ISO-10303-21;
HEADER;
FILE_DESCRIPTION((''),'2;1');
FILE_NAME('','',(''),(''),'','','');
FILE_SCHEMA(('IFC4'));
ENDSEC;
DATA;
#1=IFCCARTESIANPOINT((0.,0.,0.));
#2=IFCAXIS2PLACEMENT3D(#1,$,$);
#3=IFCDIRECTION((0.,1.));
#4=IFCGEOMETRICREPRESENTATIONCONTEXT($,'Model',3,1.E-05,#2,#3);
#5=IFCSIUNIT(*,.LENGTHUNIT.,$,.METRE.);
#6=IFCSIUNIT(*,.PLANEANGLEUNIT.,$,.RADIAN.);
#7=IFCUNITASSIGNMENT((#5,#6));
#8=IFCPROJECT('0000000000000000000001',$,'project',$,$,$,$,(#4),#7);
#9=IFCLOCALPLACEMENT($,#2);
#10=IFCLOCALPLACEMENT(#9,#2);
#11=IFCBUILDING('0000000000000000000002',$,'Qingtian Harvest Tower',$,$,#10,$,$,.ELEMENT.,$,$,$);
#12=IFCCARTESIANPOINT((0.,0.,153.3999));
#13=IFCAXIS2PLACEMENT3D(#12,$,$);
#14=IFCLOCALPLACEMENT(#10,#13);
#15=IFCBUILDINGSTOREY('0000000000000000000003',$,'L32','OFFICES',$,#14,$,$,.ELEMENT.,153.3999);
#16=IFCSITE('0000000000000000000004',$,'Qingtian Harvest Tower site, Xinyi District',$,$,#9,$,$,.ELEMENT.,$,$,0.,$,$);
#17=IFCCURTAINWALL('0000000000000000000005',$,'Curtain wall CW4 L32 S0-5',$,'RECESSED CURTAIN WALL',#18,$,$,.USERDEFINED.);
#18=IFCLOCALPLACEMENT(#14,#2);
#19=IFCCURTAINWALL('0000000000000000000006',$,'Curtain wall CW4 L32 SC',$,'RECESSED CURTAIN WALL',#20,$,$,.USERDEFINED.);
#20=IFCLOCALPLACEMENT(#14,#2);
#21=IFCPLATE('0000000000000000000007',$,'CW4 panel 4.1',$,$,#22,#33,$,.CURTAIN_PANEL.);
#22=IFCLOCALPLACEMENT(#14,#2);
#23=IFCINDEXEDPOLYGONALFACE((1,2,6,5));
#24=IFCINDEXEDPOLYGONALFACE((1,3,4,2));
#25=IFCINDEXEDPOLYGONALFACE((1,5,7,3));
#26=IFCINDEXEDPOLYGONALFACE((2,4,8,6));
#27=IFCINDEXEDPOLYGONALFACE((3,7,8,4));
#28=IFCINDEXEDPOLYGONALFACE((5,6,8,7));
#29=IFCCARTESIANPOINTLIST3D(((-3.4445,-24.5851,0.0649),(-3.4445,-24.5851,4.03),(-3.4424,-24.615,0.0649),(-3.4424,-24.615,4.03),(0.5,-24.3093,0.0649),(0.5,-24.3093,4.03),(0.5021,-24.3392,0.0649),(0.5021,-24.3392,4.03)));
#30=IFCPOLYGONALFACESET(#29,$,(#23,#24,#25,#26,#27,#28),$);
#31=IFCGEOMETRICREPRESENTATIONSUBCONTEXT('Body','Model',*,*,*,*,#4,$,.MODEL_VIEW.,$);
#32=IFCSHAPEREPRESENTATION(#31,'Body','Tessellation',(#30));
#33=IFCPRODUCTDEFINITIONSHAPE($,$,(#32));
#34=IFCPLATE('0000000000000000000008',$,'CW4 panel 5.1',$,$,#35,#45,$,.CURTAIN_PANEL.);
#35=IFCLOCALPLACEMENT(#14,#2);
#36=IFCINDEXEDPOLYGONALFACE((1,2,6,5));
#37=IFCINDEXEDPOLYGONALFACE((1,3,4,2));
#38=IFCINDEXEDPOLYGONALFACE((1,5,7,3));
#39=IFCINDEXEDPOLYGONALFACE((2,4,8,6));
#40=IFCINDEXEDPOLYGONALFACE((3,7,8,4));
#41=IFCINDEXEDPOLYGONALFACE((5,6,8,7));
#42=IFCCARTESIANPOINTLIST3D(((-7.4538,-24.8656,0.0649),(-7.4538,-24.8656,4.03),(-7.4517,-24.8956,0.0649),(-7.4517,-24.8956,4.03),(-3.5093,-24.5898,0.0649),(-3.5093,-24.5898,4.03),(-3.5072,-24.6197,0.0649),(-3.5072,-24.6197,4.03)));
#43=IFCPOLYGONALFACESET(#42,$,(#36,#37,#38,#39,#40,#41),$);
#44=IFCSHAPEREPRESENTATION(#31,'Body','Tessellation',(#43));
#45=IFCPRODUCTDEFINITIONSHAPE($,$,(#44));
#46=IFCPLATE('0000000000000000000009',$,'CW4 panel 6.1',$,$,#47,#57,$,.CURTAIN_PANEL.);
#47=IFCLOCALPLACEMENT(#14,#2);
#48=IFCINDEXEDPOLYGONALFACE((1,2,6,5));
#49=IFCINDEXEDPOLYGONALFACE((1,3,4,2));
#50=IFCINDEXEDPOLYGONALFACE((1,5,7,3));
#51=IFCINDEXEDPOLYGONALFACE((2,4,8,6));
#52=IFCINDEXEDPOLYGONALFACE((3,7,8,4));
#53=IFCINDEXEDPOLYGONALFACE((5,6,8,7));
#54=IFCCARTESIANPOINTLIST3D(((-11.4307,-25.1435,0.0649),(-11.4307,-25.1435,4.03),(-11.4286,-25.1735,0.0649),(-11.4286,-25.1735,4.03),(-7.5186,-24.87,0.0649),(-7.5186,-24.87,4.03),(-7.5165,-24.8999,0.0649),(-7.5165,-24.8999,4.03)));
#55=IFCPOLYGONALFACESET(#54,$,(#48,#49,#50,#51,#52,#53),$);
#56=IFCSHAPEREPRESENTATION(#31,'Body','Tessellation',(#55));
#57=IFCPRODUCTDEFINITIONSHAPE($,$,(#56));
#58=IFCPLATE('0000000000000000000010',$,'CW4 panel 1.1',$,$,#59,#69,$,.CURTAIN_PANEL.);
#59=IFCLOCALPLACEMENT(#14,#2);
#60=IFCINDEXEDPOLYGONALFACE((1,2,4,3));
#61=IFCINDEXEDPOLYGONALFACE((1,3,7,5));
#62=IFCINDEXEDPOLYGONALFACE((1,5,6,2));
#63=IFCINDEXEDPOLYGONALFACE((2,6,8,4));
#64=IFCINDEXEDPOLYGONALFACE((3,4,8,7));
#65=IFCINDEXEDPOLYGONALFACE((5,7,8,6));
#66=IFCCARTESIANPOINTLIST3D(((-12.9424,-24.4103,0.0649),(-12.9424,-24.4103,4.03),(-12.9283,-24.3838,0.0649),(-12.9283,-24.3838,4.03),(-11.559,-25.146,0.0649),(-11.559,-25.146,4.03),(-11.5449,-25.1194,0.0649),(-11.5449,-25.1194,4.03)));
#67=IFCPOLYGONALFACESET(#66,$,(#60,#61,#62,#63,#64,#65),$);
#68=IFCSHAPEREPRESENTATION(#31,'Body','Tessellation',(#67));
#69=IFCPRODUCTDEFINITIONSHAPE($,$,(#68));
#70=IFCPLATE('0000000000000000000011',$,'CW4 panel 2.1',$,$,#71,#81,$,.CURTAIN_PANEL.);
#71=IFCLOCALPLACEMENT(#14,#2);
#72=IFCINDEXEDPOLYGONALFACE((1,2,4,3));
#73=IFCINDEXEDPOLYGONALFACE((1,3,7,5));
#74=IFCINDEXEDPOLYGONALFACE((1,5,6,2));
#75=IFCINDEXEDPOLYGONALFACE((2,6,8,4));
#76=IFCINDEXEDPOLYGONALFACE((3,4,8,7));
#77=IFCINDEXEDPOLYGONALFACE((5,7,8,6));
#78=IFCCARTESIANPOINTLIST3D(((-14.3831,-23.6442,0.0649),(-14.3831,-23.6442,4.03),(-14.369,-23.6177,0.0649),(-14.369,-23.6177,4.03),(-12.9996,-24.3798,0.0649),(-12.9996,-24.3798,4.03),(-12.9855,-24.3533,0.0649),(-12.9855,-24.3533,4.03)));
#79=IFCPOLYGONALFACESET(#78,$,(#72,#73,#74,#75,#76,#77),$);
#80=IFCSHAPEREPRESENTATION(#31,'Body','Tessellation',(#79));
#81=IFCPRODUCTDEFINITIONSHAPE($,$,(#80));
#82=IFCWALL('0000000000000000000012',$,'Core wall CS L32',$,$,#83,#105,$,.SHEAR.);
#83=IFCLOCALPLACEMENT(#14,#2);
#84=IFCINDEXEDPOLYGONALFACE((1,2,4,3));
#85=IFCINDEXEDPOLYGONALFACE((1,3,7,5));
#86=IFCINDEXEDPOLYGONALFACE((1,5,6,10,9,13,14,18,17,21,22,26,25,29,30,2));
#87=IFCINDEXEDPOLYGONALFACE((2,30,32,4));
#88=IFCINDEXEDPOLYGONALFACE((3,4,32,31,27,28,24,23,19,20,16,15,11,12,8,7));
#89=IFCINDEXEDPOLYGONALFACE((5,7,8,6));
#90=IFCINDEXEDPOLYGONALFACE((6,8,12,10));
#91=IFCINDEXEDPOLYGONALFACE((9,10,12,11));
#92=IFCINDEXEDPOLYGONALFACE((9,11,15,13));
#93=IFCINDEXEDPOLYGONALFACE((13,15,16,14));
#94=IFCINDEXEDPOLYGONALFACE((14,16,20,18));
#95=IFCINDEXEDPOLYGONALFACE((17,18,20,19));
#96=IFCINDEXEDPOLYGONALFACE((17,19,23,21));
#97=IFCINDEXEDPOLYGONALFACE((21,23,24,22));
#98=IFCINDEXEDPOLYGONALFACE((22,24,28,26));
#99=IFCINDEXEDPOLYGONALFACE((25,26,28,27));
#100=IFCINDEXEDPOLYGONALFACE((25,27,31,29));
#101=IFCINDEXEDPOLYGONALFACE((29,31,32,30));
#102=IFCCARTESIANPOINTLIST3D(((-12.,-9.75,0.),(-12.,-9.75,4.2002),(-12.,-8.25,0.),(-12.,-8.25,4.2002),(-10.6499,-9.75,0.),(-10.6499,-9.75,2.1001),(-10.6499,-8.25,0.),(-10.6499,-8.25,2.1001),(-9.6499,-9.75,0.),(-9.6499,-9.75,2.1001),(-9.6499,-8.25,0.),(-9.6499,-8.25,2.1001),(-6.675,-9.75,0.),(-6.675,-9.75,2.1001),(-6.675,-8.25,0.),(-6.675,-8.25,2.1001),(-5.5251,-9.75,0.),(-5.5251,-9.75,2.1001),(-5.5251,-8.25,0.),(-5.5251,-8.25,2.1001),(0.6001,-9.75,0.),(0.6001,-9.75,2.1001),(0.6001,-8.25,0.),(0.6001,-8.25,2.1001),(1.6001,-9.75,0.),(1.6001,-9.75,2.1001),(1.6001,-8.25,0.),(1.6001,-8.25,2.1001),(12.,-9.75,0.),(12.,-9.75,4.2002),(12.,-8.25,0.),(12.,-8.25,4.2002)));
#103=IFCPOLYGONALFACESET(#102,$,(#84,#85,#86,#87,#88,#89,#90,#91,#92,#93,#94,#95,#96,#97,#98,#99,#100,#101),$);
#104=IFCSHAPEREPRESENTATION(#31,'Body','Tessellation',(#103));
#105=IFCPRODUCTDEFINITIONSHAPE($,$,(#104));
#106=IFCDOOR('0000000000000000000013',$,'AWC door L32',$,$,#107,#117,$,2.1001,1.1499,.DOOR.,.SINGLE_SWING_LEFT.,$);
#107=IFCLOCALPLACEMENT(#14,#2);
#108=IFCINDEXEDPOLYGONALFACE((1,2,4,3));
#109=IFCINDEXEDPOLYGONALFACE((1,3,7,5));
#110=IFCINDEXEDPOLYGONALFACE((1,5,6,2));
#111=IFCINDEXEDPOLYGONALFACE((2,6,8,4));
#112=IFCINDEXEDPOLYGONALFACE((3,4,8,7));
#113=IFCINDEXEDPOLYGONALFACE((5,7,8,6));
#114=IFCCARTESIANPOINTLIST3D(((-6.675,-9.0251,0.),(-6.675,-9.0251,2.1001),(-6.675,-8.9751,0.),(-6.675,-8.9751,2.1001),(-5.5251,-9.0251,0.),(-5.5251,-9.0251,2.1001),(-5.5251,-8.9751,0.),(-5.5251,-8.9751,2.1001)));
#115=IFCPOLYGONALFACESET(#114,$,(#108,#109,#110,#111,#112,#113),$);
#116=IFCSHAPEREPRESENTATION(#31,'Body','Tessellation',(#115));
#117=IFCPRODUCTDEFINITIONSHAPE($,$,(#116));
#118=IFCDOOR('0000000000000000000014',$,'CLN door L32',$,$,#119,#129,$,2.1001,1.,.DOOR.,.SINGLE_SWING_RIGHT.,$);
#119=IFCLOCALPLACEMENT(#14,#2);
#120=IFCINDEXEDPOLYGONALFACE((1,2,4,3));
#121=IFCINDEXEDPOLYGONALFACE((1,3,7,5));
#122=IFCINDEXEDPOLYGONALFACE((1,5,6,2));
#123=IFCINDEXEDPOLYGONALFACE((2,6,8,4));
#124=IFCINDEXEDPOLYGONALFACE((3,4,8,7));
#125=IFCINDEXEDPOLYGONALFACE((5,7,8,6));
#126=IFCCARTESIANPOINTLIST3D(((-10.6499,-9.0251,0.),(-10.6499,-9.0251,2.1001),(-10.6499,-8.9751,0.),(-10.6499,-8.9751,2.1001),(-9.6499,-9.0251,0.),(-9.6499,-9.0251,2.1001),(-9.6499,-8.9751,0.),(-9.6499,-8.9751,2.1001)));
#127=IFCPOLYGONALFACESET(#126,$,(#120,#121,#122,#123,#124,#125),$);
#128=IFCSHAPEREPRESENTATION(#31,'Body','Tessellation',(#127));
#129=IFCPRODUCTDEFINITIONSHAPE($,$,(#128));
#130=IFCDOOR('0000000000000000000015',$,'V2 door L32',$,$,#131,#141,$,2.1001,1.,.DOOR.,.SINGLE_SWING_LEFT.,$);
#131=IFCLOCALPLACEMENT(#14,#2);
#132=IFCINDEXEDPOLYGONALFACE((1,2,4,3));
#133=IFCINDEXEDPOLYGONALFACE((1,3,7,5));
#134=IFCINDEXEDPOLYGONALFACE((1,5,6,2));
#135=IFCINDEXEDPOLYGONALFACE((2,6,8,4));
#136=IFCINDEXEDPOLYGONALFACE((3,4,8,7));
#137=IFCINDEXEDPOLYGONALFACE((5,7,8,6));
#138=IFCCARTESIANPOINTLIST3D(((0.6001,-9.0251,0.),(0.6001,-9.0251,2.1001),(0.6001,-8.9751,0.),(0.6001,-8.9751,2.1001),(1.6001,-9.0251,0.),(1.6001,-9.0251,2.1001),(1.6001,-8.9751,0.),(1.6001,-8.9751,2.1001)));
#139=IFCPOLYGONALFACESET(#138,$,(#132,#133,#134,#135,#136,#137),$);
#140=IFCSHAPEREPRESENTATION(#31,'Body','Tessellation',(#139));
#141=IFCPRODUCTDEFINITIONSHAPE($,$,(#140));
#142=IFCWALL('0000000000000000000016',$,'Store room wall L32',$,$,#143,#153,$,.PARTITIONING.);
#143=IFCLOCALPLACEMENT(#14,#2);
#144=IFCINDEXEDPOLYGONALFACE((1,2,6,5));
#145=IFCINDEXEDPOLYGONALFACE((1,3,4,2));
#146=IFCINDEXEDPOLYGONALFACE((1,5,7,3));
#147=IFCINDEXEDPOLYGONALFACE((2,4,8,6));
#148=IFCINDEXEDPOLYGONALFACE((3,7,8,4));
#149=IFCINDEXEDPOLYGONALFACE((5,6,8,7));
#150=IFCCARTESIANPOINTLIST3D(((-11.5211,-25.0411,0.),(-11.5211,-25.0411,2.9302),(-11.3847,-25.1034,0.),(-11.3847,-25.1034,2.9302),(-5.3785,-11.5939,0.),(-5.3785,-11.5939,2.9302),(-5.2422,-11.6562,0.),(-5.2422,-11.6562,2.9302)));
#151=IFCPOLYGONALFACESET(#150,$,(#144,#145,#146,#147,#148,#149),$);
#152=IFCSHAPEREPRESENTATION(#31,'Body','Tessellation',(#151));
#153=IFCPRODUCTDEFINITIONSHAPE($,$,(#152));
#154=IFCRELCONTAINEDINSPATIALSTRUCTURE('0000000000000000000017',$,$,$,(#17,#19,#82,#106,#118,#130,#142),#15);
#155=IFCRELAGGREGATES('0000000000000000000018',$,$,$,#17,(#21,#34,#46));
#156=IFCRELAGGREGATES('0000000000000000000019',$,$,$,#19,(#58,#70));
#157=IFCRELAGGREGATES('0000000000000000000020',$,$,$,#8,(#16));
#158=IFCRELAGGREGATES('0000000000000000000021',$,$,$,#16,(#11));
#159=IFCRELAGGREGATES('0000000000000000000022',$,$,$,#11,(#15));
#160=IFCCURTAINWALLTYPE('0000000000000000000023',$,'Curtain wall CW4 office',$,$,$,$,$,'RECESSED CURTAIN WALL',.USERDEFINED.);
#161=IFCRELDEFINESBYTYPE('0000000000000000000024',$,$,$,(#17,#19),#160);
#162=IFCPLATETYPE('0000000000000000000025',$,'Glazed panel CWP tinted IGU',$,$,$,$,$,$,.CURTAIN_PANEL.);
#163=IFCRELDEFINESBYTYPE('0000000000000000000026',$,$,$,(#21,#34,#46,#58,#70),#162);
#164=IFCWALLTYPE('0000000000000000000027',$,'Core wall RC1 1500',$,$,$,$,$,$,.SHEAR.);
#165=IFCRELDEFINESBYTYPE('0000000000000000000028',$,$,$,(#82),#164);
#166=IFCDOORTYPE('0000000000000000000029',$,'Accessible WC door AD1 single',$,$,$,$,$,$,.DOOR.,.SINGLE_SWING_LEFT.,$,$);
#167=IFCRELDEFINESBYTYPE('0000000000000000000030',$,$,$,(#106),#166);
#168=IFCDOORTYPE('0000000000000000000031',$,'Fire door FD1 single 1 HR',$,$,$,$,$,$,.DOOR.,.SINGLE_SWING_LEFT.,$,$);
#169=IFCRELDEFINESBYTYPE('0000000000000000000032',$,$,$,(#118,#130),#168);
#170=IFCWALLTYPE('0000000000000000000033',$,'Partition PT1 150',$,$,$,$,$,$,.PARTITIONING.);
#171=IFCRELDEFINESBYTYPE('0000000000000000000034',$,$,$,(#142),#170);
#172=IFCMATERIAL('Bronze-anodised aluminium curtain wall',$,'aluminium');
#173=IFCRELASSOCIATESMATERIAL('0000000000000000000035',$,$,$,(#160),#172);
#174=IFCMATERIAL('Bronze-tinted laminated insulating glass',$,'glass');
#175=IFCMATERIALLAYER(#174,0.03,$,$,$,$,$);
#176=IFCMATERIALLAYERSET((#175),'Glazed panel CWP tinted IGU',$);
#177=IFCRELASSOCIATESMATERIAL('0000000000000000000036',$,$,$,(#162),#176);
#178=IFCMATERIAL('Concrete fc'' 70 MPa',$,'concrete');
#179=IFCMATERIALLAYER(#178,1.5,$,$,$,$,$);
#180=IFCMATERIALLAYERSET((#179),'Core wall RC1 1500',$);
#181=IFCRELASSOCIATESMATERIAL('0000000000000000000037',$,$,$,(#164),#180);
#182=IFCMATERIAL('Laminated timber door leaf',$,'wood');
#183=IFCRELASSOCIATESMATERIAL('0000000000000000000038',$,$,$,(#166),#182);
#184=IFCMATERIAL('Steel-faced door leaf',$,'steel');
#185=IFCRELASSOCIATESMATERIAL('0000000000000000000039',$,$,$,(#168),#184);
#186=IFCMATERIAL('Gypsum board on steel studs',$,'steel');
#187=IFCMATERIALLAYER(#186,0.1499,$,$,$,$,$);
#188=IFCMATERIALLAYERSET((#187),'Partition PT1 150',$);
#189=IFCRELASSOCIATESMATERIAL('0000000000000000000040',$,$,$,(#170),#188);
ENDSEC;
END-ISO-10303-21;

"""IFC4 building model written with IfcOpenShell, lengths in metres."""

from ifc_helpers import new_model, si_unit, direction, frame, frame_2d, origin, origin_2d, place, context, subcontext, project, spatial, rectangle, extrude, material, layer, layer_set, type_object, element, fill, aggregate, save


model = new_model("IFC4")

# Units and contexts
model_context = context("Model", 3, precision=1e-05, world=origin(), true_north=direction((0.0, 1.0)))
body_context = subcontext(model_context, "Body", "Model", "MODEL_VIEW")
ifc_project = project(units=[si_unit("LENGTHUNIT", "METRE"), si_unit("PLANEANGLEUNIT", "RADIAN")], contexts=[model_context])

# Site, building, storey
site_placement = place(None, origin())
site = spatial("IfcSite", under=ifc_project, at=site_placement, Name="Qingtian Harvest Tower site, Xinyi District", CompositionType="ELEMENT", RefElevation=0.0)
building_placement = place(site_placement, origin())
building = spatial("IfcBuilding", under=site, at=building_placement, Name="Qingtian Harvest Tower", CompositionType="ELEMENT")
storey_placement = place(building_placement, frame((0.0, 0.0, 153.3999)))
storey = spatial("IfcBuildingStorey", under=building, at=storey_placement, Name="L32", Description="OFFICES", CompositionType="ELEMENT", Elevation=153.3999)

# Curtain walls
ifc_material_1 = material(Name="Bronze-anodised aluminium curtain wall", Category="aluminium")
curtain_wall_type = type_object("IfcCurtainWallType", Name="Curtain wall CW4 office", ElementType="RECESSED CURTAIN WALL", PredefinedType="USERDEFINED", material=ifc_material_1)
curtain_wall_1_placement = place(storey_placement, origin())
curtain_wall_1 = element("IfcCurtainWall", 1, at=curtain_wall_1_placement, inside=storey, type_object=curtain_wall_type, Name="Curtain wall CW4 L32 S0-5", ObjectType="RECESSED CURTAIN WALL", PredefinedType="USERDEFINED")
curtain_wall_2_placement = place(storey_placement, origin())
curtain_wall_2 = element("IfcCurtainWall", 2, at=curtain_wall_2_placement, inside=storey, type_object=curtain_wall_type, Name="Curtain wall CW4 L32 SC", ObjectType="RECESSED CURTAIN WALL", PredefinedType="USERDEFINED")

# Plates
ifc_material_2 = material(Name="Bronze-tinted laminated insulating glass", Category="glass")
ifc_layer_1 = layer(ifc_material_2, 0.03)
ifc_layer_set_1 = layer_set([ifc_layer_1], Name="Glazed panel CWP tinted IGU")
plate_type = type_object("IfcPlateType", Name="Glazed panel CWP tinted IGU", PredefinedType="CURTAIN_PANEL", material=ifc_layer_set_1)
plate_1_placement = place(storey_placement, frame((-1.4712, -24.4622, 0.0649), z_axis=(0.0, 0.0, 1.0), x_axis=(-0.997564, -0.069756, 0.0)))
plate_1 = element("IfcPlate", 3, at=plate_1_placement, type_object=plate_type, Name="CW4 panel 4.1", PredefinedType="CURTAIN_PANEL", context=body_context, shape_type="SweptSolid", body=[
    extrude(rectangle(XDim=3.9541, YDim=0.03, at=origin_2d()), origin(), (0.0, 0.0, 1.0), 3.9651),
])
plate_2_placement = place(storey_placement, frame((-5.4805, -24.7427, 0.0649), z_axis=(0.0, 0.0, 1.0), x_axis=(-0.997564, -0.069756, 0.0)))
plate_2 = element("IfcPlate", 4, at=plate_2_placement, type_object=plate_type, Name="CW4 panel 5.1", PredefinedType="CURTAIN_PANEL", context=body_context, shape_type="SweptSolid", body=[
    extrude(rectangle(XDim=3.9541, YDim=0.03, at=origin_2d()), origin(), (0.0, 0.0, 1.0), 3.9651),
])
plate_3_placement = place(storey_placement, frame((-9.4736, -25.0217, 0.0649), z_axis=(0.0, 0.0, 1.0), x_axis=(-0.997564, -0.069756, 0.0)))
plate_3 = element("IfcPlate", 5, at=plate_3_placement, type_object=plate_type, Name="CW4 panel 6.1", PredefinedType="CURTAIN_PANEL", context=body_context, shape_type="SweptSolid", body=[
    extrude(rectangle(XDim=3.9216, YDim=0.03, at=origin_2d()), origin(), (0.0, 0.0, 1.0), 3.9651),
])
aggregate(curtain_wall_1, [plate_1, plate_2, plate_3])
plate_4_placement = place(storey_placement, frame((-12.2437, -24.7649, 0.0649), z_axis=(0.0, 0.0, 1.0), x_axis=(-0.882948, 0.469472, 0.0)))
plate_4 = element("IfcPlate", 6, at=plate_4_placement, type_object=plate_type, Name="CW4 panel 1.1", PredefinedType="CURTAIN_PANEL", context=body_context, shape_type="SweptSolid", body=[
    extrude(rectangle(XDim=1.5669, YDim=0.03, at=origin_2d()), origin(), (0.0, 0.0, 1.0), 3.9651),
])
plate_5_placement = place(storey_placement, frame((-13.6843, -23.9988, 0.0649), z_axis=(0.0, 0.0, 1.0), x_axis=(-0.882948, 0.469472, 0.0)))
plate_5 = element("IfcPlate", 7, at=plate_5_placement, type_object=plate_type, Name="CW4 panel 2.1", PredefinedType="CURTAIN_PANEL", context=body_context, shape_type="SweptSolid", body=[
    extrude(rectangle(XDim=1.5669, YDim=0.03, at=origin_2d()), origin(), (0.0, 0.0, 1.0), 3.9651),
])
aggregate(curtain_wall_2, [plate_4, plate_5])

# Wall, openings, doors
ifc_material_3 = material(Name="Concrete fc' 70 MPa", Category="concrete")
ifc_layer_2 = layer(ifc_material_3, 1.5)
ifc_layer_set_2 = layer_set([ifc_layer_2], Name="Core wall RC1 1500")
wall_type_1 = type_object("IfcWallType", Name="Core wall RC1 1500", PredefinedType="SHEAR", material=ifc_layer_set_2)
wall_1_placement = place(storey_placement, frame((-12.0, -9.0, 0.0), z_axis=(0.0, 0.0, 1.0), x_axis=(1.0, 0.0, 0.0)))
wall_1 = element("IfcWall", 8, at=wall_1_placement, inside=storey, type_object=wall_type_1, Name="Core wall CS L32", PredefinedType="SHEAR", context=body_context, shape_type="SweptSolid", body=[
    extrude(rectangle(XDim=24.0, YDim=1.5, at=frame_2d((12.0, 0.0))), origin(), (0.0, 0.0, 1.0), 4.2002),
])
opening_1_placement = place(wall_1_placement, frame((1.3501, 0.0, 0.0)))
opening_1 = element("IfcOpeningElement", 9, at=opening_1_placement, cuts=wall_1, PredefinedType="OPENING", context=body_context, shape_type="SweptSolid", body=[
    extrude(rectangle(XDim=1.0, YDim=2.1001, at=frame_2d((0.5, 1.05))), frame((0.0, 0.76, 0.0), z_axis=(0.0, -1.0, 0.0), x_axis=(1.0, 0.0, 0.0)), (0.0, 0.0, 1.0), 1.52),
])
opening_2_placement = place(wall_1_placement, frame((5.325, 0.0, 0.0)))
opening_2 = element("IfcOpeningElement", 10, at=opening_2_placement, cuts=wall_1, PredefinedType="OPENING", context=body_context, shape_type="SweptSolid", body=[
    extrude(rectangle(XDim=1.1499, YDim=2.1001, at=frame_2d((0.575, 1.05))), frame((0.0, 0.76, 0.0), z_axis=(0.0, -1.0, 0.0), x_axis=(1.0, 0.0, 0.0)), (0.0, 0.0, 1.0), 1.52),
])
opening_3_placement = place(wall_1_placement, frame((12.6001, 0.0, 0.0)))
opening_3 = element("IfcOpeningElement", 11, at=opening_3_placement, cuts=wall_1, PredefinedType="OPENING", context=body_context, shape_type="SweptSolid", body=[
    extrude(rectangle(XDim=1.0, YDim=2.1001, at=frame_2d((0.5, 1.05))), frame((0.0, 0.76, 0.0), z_axis=(0.0, -1.0, 0.0), x_axis=(1.0, 0.0, 0.0)), (0.0, 0.0, 1.0), 1.52),
])
ifc_material_4 = material(Name="Laminated timber door leaf", Category="wood")
door_type_1 = type_object("IfcDoorType", Name="Accessible WC door AD1 single", OperationType="SINGLE_SWING_LEFT", PredefinedType="DOOR", material=ifc_material_4)
door_1_placement = place(opening_2_placement, origin())
door_1 = element("IfcDoor", 12, at=door_1_placement, inside=storey, type_object=door_type_1, Name="AWC door L32", OperationType="SINGLE_SWING_LEFT", OverallHeight=2.1001, OverallWidth=1.1499, PredefinedType="DOOR", context=body_context, shape_type="SweptSolid", body=[
    extrude(rectangle(XDim=1.1499, YDim=2.1001, at=frame_2d((0.575, 1.05))), frame((0.0, 0.0249, 0.0), z_axis=(0.0, -1.0, 0.0), x_axis=(1.0, 0.0, 0.0)), (0.0, 0.0, 1.0), 0.05),
])
fill(opening_2, door_1)
ifc_material_5 = material(Name="Steel-faced door leaf", Category="steel")
door_type_2 = type_object("IfcDoorType", Name="Fire door FD1 single 1 HR", OperationType="SINGLE_SWING_LEFT", PredefinedType="DOOR", material=ifc_material_5)
door_2_placement = place(opening_1_placement, origin())
door_2 = element("IfcDoor", 13, at=door_2_placement, inside=storey, type_object=door_type_2, Name="CLN door L32", OperationType="SINGLE_SWING_RIGHT", OverallHeight=2.1001, OverallWidth=1.0, PredefinedType="DOOR", context=body_context, shape_type="SweptSolid", body=[
    extrude(rectangle(XDim=1.0, YDim=2.1001, at=frame_2d((0.5, 1.05))), frame((0.0, 0.0249, 0.0), z_axis=(0.0, -1.0, 0.0), x_axis=(1.0, 0.0, 0.0)), (0.0, 0.0, 1.0), 0.05),
])
fill(opening_1, door_2)
door_3_placement = place(opening_3_placement, origin())
door_3 = element("IfcDoor", 14, at=door_3_placement, inside=storey, type_object=door_type_2, Name="V2 door L32", OperationType="SINGLE_SWING_LEFT", OverallHeight=2.1001, OverallWidth=1.0, PredefinedType="DOOR", context=body_context, shape_type="SweptSolid", body=[
    extrude(rectangle(XDim=1.0, YDim=2.1001, at=frame_2d((0.5, 1.05))), frame((0.0, 0.0249, 0.0), z_axis=(0.0, -1.0, 0.0), x_axis=(1.0, 0.0, 0.0)), (0.0, 0.0, 1.0), 0.05),
])
fill(opening_3, door_3)

# Wall
ifc_material_6 = material(Name="Gypsum board on steel studs", Category="steel")
ifc_layer_3 = layer(ifc_material_6, 0.1499)
ifc_layer_set_3 = layer_set([ifc_layer_3], Name="Partition PT1 150")
wall_type_2 = type_object("IfcWallType", Name="Partition PT1 150", PredefinedType="PARTITIONING", material=ifc_layer_set_3)
wall_2_placement = place(storey_placement, frame((-11.4529, -25.0723, 0.0), z_axis=(0.0, 0.0, 1.0), x_axis=(0.415494, 0.909596, 0.0)))
element("IfcWall", 15, at=wall_2_placement, inside=storey, type_object=wall_type_2, Name="Store room wall L32", PredefinedType="PARTITIONING", context=body_context, shape_type="SweptSolid", body=[
    extrude(rectangle(XDim=14.7837, YDim=0.1499, at=frame_2d((7.3918, 0.0))), origin(), (0.0, 0.0, 1.0), 2.9302),
])

save(model, "model.ifc")
